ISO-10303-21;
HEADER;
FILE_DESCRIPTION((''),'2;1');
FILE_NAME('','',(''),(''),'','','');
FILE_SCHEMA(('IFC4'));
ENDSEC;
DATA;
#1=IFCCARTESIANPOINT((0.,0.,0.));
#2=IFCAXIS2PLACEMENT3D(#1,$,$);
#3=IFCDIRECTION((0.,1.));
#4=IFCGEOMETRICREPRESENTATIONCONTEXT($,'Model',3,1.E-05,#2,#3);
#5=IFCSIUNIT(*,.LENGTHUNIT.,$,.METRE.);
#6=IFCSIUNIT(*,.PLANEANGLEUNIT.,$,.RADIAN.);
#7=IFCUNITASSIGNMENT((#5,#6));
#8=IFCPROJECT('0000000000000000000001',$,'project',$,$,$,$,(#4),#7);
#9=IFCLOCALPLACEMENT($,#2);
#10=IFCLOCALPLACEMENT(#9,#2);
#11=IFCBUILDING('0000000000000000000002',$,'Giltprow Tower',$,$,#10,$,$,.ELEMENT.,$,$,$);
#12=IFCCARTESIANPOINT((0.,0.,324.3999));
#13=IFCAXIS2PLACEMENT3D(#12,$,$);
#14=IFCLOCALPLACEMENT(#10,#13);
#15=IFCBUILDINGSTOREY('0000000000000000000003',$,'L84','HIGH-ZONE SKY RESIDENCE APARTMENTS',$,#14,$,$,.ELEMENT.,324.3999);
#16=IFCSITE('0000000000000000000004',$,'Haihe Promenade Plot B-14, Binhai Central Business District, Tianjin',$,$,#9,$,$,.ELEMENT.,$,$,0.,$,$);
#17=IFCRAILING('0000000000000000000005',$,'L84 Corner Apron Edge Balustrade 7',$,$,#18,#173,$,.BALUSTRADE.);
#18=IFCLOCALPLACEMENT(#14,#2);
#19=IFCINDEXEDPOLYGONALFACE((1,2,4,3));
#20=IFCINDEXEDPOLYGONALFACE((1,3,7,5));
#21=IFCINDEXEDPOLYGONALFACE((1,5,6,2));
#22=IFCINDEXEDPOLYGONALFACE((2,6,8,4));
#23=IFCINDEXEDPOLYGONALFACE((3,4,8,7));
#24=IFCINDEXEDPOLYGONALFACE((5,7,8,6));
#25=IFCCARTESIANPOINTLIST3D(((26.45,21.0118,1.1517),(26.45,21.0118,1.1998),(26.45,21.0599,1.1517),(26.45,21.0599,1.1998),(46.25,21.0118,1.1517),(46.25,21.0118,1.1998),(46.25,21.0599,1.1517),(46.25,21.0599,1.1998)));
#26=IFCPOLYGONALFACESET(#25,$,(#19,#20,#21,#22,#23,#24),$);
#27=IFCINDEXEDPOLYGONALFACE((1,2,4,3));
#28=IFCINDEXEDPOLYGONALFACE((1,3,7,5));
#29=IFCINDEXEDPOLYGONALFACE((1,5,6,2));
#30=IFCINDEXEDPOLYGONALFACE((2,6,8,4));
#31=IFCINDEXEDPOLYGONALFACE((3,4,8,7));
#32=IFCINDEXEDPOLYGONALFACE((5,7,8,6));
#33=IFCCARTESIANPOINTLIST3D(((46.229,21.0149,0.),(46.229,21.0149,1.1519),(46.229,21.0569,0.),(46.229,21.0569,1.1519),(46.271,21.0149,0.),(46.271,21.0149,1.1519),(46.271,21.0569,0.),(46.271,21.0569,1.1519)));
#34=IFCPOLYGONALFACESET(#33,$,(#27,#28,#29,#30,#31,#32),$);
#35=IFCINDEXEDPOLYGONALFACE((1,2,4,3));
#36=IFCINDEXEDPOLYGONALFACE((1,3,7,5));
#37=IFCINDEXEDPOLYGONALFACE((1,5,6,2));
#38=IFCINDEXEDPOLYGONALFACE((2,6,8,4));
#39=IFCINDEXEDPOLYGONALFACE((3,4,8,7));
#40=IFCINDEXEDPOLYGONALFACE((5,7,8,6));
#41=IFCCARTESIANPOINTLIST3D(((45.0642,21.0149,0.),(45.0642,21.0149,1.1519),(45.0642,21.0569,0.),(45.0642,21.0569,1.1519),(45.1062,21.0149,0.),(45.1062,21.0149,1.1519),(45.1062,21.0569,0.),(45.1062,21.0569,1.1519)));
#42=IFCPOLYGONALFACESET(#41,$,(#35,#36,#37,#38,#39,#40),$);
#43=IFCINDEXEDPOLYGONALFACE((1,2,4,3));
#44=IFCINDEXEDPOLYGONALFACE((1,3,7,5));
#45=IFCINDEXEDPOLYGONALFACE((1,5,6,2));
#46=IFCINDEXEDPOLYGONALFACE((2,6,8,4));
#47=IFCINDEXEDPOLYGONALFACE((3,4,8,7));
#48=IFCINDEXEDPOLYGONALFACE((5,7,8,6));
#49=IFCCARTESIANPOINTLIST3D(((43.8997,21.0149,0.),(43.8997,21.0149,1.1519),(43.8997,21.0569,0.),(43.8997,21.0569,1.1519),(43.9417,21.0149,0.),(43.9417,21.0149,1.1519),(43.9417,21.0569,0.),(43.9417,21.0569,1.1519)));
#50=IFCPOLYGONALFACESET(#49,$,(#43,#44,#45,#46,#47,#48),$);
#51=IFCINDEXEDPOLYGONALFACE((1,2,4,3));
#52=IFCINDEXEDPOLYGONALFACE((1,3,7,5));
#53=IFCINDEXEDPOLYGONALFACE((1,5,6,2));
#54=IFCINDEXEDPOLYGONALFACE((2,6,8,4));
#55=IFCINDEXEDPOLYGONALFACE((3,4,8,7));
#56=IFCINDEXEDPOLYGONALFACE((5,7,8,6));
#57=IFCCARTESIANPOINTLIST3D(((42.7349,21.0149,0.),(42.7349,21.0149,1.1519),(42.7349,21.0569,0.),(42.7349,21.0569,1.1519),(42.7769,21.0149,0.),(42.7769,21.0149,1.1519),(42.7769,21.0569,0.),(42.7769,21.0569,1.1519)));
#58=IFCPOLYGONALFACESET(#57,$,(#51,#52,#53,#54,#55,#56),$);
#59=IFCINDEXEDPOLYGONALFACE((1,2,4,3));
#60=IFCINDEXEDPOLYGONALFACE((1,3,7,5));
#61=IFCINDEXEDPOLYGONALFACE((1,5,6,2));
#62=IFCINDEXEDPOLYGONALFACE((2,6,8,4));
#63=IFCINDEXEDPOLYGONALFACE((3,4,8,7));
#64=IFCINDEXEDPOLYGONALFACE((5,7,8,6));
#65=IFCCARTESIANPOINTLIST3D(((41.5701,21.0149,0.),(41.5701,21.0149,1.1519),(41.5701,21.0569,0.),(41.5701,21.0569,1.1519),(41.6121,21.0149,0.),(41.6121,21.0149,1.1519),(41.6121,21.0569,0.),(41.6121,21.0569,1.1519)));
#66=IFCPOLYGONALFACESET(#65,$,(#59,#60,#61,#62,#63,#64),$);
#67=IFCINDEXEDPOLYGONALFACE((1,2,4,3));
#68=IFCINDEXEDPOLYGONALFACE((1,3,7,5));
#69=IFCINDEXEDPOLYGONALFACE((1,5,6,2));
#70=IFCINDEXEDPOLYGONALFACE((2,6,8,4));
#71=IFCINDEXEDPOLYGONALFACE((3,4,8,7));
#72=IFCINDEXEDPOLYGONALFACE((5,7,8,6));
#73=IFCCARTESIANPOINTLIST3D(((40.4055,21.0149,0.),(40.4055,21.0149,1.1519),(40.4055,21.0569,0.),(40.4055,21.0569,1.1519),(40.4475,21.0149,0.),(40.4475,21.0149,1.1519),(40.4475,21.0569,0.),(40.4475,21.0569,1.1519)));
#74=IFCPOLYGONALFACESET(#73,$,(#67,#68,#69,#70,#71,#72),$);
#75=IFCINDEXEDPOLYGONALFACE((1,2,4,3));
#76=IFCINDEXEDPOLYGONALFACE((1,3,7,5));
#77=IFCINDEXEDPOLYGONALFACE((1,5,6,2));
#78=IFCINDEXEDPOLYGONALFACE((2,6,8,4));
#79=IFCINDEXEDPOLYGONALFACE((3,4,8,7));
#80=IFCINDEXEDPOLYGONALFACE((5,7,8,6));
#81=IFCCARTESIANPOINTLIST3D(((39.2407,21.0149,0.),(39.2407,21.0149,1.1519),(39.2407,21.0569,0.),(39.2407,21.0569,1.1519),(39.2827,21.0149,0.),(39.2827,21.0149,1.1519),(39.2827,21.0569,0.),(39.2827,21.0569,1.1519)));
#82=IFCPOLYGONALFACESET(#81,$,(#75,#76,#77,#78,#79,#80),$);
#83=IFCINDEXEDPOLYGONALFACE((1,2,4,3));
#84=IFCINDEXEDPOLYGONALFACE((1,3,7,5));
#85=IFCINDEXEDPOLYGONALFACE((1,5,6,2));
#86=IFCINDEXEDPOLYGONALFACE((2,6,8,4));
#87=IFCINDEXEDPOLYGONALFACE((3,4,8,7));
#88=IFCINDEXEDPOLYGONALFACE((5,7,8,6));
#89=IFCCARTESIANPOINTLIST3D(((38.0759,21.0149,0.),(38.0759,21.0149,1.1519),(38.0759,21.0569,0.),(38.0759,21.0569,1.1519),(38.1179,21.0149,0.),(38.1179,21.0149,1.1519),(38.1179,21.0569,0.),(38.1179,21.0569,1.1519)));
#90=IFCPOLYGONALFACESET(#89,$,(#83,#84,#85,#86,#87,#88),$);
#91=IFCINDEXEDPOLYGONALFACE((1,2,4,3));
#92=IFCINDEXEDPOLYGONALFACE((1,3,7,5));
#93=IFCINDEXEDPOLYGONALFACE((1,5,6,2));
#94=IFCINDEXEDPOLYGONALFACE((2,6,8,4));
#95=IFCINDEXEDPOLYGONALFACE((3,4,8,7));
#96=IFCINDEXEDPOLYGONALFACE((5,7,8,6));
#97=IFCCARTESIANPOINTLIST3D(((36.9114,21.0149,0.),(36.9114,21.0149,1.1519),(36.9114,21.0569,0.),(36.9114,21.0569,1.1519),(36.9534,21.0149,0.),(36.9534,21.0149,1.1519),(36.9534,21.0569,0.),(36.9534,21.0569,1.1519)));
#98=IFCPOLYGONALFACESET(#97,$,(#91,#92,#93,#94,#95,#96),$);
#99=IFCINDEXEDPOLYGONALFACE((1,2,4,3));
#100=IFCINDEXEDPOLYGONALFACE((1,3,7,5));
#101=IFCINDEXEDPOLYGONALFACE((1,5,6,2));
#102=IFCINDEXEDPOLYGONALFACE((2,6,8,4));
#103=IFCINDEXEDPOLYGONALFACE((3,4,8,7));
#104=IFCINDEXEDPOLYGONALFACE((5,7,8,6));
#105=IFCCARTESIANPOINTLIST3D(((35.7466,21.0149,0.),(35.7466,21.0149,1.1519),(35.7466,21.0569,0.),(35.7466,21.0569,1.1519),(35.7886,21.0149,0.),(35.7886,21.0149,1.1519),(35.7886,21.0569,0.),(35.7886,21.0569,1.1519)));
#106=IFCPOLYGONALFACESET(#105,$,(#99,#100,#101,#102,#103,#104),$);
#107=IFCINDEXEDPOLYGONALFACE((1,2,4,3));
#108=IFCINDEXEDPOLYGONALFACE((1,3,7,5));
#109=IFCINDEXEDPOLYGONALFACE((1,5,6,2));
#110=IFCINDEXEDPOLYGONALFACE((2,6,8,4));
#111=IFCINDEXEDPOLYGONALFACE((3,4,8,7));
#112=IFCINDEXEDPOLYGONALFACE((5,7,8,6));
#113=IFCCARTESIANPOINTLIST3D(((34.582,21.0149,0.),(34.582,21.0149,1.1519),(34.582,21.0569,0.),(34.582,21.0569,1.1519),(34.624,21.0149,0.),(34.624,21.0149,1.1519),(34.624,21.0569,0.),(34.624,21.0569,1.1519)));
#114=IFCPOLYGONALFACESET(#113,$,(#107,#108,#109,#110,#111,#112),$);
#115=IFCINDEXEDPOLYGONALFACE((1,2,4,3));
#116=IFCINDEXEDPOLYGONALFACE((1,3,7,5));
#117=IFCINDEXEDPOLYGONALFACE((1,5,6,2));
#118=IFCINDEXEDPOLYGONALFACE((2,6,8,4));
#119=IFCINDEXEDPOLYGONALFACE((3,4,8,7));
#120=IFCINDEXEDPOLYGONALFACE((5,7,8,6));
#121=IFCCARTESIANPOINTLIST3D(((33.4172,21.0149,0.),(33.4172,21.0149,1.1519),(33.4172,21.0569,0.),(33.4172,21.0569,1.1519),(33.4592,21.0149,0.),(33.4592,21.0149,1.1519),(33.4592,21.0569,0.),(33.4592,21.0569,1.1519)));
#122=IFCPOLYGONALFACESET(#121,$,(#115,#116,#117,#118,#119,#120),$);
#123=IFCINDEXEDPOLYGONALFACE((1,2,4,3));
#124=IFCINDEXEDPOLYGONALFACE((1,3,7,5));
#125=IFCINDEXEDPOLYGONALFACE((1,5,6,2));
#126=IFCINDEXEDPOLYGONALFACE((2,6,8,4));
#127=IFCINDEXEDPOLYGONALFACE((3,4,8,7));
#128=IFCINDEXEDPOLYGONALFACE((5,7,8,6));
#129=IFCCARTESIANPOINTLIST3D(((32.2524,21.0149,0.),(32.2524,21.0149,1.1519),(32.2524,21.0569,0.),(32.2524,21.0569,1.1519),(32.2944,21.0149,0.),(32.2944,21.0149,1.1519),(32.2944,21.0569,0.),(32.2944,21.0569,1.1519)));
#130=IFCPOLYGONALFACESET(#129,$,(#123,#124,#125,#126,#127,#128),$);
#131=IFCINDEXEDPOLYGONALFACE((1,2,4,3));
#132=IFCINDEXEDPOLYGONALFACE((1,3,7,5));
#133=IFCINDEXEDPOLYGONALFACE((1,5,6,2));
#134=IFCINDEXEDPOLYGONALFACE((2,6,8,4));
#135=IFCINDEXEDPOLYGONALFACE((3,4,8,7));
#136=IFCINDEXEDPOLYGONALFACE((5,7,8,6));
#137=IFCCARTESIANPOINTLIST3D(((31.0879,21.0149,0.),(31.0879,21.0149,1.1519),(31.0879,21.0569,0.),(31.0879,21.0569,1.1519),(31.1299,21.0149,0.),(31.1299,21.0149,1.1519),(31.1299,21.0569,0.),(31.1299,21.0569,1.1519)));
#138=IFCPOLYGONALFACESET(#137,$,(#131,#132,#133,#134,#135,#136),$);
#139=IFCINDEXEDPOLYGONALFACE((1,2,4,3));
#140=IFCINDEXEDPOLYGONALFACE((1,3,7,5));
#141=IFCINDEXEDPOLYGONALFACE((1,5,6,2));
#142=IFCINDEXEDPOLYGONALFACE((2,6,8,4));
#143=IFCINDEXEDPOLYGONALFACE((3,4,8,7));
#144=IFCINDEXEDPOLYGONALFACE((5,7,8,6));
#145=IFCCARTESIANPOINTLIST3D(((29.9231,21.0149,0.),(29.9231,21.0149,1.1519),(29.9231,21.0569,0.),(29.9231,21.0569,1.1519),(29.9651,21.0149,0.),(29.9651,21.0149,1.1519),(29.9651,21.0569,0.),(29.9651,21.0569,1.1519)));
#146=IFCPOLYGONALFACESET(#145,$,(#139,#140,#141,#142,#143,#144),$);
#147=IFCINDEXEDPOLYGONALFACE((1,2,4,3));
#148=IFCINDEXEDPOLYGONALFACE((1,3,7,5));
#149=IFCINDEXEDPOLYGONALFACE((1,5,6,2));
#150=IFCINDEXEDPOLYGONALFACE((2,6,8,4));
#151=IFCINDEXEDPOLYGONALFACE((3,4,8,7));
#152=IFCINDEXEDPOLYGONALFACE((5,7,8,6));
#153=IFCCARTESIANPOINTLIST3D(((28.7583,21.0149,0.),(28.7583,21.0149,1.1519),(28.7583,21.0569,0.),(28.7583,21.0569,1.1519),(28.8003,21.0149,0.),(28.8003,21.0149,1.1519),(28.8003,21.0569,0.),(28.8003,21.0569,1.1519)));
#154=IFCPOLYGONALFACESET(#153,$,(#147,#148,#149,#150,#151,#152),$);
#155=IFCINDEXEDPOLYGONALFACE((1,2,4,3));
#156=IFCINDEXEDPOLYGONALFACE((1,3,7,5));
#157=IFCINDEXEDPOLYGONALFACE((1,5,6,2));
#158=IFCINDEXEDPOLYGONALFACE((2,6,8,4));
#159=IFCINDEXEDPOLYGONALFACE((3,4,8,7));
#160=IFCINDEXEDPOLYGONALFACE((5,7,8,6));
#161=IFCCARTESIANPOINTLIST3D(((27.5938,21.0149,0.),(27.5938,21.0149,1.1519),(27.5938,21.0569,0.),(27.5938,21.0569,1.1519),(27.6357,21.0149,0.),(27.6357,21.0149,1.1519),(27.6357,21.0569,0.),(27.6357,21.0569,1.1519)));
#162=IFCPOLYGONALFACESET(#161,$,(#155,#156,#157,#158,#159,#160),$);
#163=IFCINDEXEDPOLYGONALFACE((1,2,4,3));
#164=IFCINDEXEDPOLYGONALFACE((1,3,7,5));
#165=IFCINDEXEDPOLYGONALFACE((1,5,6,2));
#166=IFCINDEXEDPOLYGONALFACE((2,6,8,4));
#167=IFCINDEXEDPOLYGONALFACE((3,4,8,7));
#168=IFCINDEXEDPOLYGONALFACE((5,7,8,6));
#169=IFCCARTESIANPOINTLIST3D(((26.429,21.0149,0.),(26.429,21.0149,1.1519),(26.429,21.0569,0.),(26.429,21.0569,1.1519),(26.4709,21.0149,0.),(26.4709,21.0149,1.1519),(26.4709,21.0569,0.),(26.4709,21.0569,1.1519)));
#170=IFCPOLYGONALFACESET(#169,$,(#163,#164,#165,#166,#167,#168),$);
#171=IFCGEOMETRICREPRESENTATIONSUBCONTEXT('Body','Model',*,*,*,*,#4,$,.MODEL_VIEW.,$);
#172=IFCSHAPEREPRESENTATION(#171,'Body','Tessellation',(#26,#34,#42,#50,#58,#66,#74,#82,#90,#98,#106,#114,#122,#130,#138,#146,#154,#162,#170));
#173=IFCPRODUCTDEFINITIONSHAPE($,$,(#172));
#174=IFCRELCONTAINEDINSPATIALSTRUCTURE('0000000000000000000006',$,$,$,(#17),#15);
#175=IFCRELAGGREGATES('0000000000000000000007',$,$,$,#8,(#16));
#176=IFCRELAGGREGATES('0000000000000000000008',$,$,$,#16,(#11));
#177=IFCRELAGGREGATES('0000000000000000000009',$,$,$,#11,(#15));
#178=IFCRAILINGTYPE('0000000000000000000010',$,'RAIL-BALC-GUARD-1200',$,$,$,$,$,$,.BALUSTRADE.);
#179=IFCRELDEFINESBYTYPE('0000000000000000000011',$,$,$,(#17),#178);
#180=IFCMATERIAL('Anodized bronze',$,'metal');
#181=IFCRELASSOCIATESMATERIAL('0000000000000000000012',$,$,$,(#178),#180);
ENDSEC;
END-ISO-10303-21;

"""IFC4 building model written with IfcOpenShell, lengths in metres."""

from ifc_helpers import new_model, si_unit, direction, frame, origin, origin_2d, place, context, subcontext, project, spatial, rectangle, extrude, material, type_object, element, save


model = new_model("IFC4")

# Units and contexts
model_context = context("Model", 3, precision=1e-05, world=origin(), true_north=direction((0.0, 1.0)))
body_context = subcontext(model_context, "Body", "Model", "MODEL_VIEW")
ifc_project = project(units=[si_unit("LENGTHUNIT", "METRE"), si_unit("PLANEANGLEUNIT", "RADIAN")], contexts=[model_context])

# Site, building, storey
site_placement = place(None, origin())
site = spatial("IfcSite", under=ifc_project, at=site_placement, Name="Haihe Promenade Plot B-14, Binhai Central Business District, Tianjin", CompositionType="ELEMENT", RefElevation=0.0)
building_placement = place(site_placement, origin())
building = spatial("IfcBuilding", under=site, at=building_placement, Name="Giltprow Tower", CompositionType="ELEMENT")
storey_placement = place(building_placement, frame((0.0, 0.0, 324.3999)))
storey = spatial("IfcBuildingStorey", under=building, at=storey_placement, Name="L84", Description="HIGH-ZONE SKY RESIDENCE APARTMENTS", CompositionType="ELEMENT", Elevation=324.3999)

# Railing
ifc_material_1 = material(Name="Anodized bronze", Category="metal")
railing_type = type_object("IfcRailingType", Name="RAIL-BALC-GUARD-1200", PredefinedType="BALUSTRADE", material=ifc_material_1)
railing_1_placement = place(storey_placement, frame((46.25, 21.0359, 0.0)))
element("IfcRailing", 1, at=railing_1_placement, inside=storey, type_object=railing_type, Name="L84 Corner Apron Edge Balustrade 7", PredefinedType="BALUSTRADE", context=body_context, shape_type="SweptSolid", body=[
    extrude(rectangle(XDim=0.0481, YDim=0.0481, at=origin_2d()), frame((0.0, 0.0, 1.1758), z_axis=(-1.0, 0.0, 0.0), x_axis=(0.0, -1.0, 0.0)), (0.0, 0.0, 1.0), 19.8),
    extrude(rectangle(XDim=0.042, YDim=0.042, at=origin_2d()), origin(), (0.0, 0.0, 1.0), 1.1519),
    extrude(rectangle(XDim=0.042, YDim=0.042, at=origin_2d()), frame((-1.1648, 0.0, 0.0)), (0.0, 0.0, 1.0), 1.1519),
    extrude(rectangle(XDim=0.042, YDim=0.042, at=origin_2d()), frame((-2.3293, 0.0, 0.0)), (0.0, 0.0, 1.0), 1.1519),
    extrude(rectangle(XDim=0.042, YDim=0.042, at=origin_2d()), frame((-3.4941, 0.0, 0.0)), (0.0, 0.0, 1.0), 1.1519),
    extrude(rectangle(XDim=0.042, YDim=0.042, at=origin_2d()), frame((-4.6589, 0.0, 0.0)), (0.0, 0.0, 1.0), 1.1519),
    extrude(rectangle(XDim=0.042, YDim=0.042, at=origin_2d()), frame((-5.8235, 0.0, 0.0)), (0.0, 0.0, 1.0), 1.1519),
    extrude(rectangle(XDim=0.042, YDim=0.042, at=origin_2d()), frame((-6.9883, 0.0, 0.0)), (0.0, 0.0, 1.0), 1.1519),
    extrude(rectangle(XDim=0.042, YDim=0.042, at=origin_2d()), frame((-8.1531, 0.0, 0.0)), (0.0, 0.0, 1.0), 1.1519),
    extrude(rectangle(XDim=0.042, YDim=0.042, at=origin_2d()), frame((-9.3176, 0.0, 0.0)), (0.0, 0.0, 1.0), 1.1519),
    extrude(rectangle(XDim=0.042, YDim=0.042, at=origin_2d()), frame((-10.4824, 0.0, 0.0)), (0.0, 0.0, 1.0), 1.1519),
    extrude(rectangle(XDim=0.042, YDim=0.042, at=origin_2d()), frame((-11.647, 0.0, 0.0)), (0.0, 0.0, 1.0), 1.1519),
    extrude(rectangle(XDim=0.042, YDim=0.042, at=origin_2d()), frame((-12.8118, 0.0, 0.0)), (0.0, 0.0, 1.0), 1.1519),
    extrude(rectangle(XDim=0.042, YDim=0.042, at=origin_2d()), frame((-13.9766, 0.0, 0.0)), (0.0, 0.0, 1.0), 1.1519),
    extrude(rectangle(XDim=0.042, YDim=0.042, at=origin_2d()), frame((-15.1411, 0.0, 0.0)), (0.0, 0.0, 1.0), 1.1519),
    extrude(rectangle(XDim=0.042, YDim=0.042, at=origin_2d()), frame((-16.3059, 0.0, 0.0)), (0.0, 0.0, 1.0), 1.1519),
    extrude(rectangle(XDim=0.042, YDim=0.042, at=origin_2d()), frame((-17.4707, 0.0, 0.0)), (0.0, 0.0, 1.0), 1.1519),
    extrude(rectangle(XDim=0.042, YDim=0.042, at=origin_2d()), frame((-18.6353, 0.0, 0.0)), (0.0, 0.0, 1.0), 1.1519),
    extrude(rectangle(XDim=0.042, YDim=0.042, at=origin_2d()), frame((-19.8, 0.0, 0.0)), (0.0, 0.0, 1.0), 1.1519),
])

save(model, "model.ifc")
